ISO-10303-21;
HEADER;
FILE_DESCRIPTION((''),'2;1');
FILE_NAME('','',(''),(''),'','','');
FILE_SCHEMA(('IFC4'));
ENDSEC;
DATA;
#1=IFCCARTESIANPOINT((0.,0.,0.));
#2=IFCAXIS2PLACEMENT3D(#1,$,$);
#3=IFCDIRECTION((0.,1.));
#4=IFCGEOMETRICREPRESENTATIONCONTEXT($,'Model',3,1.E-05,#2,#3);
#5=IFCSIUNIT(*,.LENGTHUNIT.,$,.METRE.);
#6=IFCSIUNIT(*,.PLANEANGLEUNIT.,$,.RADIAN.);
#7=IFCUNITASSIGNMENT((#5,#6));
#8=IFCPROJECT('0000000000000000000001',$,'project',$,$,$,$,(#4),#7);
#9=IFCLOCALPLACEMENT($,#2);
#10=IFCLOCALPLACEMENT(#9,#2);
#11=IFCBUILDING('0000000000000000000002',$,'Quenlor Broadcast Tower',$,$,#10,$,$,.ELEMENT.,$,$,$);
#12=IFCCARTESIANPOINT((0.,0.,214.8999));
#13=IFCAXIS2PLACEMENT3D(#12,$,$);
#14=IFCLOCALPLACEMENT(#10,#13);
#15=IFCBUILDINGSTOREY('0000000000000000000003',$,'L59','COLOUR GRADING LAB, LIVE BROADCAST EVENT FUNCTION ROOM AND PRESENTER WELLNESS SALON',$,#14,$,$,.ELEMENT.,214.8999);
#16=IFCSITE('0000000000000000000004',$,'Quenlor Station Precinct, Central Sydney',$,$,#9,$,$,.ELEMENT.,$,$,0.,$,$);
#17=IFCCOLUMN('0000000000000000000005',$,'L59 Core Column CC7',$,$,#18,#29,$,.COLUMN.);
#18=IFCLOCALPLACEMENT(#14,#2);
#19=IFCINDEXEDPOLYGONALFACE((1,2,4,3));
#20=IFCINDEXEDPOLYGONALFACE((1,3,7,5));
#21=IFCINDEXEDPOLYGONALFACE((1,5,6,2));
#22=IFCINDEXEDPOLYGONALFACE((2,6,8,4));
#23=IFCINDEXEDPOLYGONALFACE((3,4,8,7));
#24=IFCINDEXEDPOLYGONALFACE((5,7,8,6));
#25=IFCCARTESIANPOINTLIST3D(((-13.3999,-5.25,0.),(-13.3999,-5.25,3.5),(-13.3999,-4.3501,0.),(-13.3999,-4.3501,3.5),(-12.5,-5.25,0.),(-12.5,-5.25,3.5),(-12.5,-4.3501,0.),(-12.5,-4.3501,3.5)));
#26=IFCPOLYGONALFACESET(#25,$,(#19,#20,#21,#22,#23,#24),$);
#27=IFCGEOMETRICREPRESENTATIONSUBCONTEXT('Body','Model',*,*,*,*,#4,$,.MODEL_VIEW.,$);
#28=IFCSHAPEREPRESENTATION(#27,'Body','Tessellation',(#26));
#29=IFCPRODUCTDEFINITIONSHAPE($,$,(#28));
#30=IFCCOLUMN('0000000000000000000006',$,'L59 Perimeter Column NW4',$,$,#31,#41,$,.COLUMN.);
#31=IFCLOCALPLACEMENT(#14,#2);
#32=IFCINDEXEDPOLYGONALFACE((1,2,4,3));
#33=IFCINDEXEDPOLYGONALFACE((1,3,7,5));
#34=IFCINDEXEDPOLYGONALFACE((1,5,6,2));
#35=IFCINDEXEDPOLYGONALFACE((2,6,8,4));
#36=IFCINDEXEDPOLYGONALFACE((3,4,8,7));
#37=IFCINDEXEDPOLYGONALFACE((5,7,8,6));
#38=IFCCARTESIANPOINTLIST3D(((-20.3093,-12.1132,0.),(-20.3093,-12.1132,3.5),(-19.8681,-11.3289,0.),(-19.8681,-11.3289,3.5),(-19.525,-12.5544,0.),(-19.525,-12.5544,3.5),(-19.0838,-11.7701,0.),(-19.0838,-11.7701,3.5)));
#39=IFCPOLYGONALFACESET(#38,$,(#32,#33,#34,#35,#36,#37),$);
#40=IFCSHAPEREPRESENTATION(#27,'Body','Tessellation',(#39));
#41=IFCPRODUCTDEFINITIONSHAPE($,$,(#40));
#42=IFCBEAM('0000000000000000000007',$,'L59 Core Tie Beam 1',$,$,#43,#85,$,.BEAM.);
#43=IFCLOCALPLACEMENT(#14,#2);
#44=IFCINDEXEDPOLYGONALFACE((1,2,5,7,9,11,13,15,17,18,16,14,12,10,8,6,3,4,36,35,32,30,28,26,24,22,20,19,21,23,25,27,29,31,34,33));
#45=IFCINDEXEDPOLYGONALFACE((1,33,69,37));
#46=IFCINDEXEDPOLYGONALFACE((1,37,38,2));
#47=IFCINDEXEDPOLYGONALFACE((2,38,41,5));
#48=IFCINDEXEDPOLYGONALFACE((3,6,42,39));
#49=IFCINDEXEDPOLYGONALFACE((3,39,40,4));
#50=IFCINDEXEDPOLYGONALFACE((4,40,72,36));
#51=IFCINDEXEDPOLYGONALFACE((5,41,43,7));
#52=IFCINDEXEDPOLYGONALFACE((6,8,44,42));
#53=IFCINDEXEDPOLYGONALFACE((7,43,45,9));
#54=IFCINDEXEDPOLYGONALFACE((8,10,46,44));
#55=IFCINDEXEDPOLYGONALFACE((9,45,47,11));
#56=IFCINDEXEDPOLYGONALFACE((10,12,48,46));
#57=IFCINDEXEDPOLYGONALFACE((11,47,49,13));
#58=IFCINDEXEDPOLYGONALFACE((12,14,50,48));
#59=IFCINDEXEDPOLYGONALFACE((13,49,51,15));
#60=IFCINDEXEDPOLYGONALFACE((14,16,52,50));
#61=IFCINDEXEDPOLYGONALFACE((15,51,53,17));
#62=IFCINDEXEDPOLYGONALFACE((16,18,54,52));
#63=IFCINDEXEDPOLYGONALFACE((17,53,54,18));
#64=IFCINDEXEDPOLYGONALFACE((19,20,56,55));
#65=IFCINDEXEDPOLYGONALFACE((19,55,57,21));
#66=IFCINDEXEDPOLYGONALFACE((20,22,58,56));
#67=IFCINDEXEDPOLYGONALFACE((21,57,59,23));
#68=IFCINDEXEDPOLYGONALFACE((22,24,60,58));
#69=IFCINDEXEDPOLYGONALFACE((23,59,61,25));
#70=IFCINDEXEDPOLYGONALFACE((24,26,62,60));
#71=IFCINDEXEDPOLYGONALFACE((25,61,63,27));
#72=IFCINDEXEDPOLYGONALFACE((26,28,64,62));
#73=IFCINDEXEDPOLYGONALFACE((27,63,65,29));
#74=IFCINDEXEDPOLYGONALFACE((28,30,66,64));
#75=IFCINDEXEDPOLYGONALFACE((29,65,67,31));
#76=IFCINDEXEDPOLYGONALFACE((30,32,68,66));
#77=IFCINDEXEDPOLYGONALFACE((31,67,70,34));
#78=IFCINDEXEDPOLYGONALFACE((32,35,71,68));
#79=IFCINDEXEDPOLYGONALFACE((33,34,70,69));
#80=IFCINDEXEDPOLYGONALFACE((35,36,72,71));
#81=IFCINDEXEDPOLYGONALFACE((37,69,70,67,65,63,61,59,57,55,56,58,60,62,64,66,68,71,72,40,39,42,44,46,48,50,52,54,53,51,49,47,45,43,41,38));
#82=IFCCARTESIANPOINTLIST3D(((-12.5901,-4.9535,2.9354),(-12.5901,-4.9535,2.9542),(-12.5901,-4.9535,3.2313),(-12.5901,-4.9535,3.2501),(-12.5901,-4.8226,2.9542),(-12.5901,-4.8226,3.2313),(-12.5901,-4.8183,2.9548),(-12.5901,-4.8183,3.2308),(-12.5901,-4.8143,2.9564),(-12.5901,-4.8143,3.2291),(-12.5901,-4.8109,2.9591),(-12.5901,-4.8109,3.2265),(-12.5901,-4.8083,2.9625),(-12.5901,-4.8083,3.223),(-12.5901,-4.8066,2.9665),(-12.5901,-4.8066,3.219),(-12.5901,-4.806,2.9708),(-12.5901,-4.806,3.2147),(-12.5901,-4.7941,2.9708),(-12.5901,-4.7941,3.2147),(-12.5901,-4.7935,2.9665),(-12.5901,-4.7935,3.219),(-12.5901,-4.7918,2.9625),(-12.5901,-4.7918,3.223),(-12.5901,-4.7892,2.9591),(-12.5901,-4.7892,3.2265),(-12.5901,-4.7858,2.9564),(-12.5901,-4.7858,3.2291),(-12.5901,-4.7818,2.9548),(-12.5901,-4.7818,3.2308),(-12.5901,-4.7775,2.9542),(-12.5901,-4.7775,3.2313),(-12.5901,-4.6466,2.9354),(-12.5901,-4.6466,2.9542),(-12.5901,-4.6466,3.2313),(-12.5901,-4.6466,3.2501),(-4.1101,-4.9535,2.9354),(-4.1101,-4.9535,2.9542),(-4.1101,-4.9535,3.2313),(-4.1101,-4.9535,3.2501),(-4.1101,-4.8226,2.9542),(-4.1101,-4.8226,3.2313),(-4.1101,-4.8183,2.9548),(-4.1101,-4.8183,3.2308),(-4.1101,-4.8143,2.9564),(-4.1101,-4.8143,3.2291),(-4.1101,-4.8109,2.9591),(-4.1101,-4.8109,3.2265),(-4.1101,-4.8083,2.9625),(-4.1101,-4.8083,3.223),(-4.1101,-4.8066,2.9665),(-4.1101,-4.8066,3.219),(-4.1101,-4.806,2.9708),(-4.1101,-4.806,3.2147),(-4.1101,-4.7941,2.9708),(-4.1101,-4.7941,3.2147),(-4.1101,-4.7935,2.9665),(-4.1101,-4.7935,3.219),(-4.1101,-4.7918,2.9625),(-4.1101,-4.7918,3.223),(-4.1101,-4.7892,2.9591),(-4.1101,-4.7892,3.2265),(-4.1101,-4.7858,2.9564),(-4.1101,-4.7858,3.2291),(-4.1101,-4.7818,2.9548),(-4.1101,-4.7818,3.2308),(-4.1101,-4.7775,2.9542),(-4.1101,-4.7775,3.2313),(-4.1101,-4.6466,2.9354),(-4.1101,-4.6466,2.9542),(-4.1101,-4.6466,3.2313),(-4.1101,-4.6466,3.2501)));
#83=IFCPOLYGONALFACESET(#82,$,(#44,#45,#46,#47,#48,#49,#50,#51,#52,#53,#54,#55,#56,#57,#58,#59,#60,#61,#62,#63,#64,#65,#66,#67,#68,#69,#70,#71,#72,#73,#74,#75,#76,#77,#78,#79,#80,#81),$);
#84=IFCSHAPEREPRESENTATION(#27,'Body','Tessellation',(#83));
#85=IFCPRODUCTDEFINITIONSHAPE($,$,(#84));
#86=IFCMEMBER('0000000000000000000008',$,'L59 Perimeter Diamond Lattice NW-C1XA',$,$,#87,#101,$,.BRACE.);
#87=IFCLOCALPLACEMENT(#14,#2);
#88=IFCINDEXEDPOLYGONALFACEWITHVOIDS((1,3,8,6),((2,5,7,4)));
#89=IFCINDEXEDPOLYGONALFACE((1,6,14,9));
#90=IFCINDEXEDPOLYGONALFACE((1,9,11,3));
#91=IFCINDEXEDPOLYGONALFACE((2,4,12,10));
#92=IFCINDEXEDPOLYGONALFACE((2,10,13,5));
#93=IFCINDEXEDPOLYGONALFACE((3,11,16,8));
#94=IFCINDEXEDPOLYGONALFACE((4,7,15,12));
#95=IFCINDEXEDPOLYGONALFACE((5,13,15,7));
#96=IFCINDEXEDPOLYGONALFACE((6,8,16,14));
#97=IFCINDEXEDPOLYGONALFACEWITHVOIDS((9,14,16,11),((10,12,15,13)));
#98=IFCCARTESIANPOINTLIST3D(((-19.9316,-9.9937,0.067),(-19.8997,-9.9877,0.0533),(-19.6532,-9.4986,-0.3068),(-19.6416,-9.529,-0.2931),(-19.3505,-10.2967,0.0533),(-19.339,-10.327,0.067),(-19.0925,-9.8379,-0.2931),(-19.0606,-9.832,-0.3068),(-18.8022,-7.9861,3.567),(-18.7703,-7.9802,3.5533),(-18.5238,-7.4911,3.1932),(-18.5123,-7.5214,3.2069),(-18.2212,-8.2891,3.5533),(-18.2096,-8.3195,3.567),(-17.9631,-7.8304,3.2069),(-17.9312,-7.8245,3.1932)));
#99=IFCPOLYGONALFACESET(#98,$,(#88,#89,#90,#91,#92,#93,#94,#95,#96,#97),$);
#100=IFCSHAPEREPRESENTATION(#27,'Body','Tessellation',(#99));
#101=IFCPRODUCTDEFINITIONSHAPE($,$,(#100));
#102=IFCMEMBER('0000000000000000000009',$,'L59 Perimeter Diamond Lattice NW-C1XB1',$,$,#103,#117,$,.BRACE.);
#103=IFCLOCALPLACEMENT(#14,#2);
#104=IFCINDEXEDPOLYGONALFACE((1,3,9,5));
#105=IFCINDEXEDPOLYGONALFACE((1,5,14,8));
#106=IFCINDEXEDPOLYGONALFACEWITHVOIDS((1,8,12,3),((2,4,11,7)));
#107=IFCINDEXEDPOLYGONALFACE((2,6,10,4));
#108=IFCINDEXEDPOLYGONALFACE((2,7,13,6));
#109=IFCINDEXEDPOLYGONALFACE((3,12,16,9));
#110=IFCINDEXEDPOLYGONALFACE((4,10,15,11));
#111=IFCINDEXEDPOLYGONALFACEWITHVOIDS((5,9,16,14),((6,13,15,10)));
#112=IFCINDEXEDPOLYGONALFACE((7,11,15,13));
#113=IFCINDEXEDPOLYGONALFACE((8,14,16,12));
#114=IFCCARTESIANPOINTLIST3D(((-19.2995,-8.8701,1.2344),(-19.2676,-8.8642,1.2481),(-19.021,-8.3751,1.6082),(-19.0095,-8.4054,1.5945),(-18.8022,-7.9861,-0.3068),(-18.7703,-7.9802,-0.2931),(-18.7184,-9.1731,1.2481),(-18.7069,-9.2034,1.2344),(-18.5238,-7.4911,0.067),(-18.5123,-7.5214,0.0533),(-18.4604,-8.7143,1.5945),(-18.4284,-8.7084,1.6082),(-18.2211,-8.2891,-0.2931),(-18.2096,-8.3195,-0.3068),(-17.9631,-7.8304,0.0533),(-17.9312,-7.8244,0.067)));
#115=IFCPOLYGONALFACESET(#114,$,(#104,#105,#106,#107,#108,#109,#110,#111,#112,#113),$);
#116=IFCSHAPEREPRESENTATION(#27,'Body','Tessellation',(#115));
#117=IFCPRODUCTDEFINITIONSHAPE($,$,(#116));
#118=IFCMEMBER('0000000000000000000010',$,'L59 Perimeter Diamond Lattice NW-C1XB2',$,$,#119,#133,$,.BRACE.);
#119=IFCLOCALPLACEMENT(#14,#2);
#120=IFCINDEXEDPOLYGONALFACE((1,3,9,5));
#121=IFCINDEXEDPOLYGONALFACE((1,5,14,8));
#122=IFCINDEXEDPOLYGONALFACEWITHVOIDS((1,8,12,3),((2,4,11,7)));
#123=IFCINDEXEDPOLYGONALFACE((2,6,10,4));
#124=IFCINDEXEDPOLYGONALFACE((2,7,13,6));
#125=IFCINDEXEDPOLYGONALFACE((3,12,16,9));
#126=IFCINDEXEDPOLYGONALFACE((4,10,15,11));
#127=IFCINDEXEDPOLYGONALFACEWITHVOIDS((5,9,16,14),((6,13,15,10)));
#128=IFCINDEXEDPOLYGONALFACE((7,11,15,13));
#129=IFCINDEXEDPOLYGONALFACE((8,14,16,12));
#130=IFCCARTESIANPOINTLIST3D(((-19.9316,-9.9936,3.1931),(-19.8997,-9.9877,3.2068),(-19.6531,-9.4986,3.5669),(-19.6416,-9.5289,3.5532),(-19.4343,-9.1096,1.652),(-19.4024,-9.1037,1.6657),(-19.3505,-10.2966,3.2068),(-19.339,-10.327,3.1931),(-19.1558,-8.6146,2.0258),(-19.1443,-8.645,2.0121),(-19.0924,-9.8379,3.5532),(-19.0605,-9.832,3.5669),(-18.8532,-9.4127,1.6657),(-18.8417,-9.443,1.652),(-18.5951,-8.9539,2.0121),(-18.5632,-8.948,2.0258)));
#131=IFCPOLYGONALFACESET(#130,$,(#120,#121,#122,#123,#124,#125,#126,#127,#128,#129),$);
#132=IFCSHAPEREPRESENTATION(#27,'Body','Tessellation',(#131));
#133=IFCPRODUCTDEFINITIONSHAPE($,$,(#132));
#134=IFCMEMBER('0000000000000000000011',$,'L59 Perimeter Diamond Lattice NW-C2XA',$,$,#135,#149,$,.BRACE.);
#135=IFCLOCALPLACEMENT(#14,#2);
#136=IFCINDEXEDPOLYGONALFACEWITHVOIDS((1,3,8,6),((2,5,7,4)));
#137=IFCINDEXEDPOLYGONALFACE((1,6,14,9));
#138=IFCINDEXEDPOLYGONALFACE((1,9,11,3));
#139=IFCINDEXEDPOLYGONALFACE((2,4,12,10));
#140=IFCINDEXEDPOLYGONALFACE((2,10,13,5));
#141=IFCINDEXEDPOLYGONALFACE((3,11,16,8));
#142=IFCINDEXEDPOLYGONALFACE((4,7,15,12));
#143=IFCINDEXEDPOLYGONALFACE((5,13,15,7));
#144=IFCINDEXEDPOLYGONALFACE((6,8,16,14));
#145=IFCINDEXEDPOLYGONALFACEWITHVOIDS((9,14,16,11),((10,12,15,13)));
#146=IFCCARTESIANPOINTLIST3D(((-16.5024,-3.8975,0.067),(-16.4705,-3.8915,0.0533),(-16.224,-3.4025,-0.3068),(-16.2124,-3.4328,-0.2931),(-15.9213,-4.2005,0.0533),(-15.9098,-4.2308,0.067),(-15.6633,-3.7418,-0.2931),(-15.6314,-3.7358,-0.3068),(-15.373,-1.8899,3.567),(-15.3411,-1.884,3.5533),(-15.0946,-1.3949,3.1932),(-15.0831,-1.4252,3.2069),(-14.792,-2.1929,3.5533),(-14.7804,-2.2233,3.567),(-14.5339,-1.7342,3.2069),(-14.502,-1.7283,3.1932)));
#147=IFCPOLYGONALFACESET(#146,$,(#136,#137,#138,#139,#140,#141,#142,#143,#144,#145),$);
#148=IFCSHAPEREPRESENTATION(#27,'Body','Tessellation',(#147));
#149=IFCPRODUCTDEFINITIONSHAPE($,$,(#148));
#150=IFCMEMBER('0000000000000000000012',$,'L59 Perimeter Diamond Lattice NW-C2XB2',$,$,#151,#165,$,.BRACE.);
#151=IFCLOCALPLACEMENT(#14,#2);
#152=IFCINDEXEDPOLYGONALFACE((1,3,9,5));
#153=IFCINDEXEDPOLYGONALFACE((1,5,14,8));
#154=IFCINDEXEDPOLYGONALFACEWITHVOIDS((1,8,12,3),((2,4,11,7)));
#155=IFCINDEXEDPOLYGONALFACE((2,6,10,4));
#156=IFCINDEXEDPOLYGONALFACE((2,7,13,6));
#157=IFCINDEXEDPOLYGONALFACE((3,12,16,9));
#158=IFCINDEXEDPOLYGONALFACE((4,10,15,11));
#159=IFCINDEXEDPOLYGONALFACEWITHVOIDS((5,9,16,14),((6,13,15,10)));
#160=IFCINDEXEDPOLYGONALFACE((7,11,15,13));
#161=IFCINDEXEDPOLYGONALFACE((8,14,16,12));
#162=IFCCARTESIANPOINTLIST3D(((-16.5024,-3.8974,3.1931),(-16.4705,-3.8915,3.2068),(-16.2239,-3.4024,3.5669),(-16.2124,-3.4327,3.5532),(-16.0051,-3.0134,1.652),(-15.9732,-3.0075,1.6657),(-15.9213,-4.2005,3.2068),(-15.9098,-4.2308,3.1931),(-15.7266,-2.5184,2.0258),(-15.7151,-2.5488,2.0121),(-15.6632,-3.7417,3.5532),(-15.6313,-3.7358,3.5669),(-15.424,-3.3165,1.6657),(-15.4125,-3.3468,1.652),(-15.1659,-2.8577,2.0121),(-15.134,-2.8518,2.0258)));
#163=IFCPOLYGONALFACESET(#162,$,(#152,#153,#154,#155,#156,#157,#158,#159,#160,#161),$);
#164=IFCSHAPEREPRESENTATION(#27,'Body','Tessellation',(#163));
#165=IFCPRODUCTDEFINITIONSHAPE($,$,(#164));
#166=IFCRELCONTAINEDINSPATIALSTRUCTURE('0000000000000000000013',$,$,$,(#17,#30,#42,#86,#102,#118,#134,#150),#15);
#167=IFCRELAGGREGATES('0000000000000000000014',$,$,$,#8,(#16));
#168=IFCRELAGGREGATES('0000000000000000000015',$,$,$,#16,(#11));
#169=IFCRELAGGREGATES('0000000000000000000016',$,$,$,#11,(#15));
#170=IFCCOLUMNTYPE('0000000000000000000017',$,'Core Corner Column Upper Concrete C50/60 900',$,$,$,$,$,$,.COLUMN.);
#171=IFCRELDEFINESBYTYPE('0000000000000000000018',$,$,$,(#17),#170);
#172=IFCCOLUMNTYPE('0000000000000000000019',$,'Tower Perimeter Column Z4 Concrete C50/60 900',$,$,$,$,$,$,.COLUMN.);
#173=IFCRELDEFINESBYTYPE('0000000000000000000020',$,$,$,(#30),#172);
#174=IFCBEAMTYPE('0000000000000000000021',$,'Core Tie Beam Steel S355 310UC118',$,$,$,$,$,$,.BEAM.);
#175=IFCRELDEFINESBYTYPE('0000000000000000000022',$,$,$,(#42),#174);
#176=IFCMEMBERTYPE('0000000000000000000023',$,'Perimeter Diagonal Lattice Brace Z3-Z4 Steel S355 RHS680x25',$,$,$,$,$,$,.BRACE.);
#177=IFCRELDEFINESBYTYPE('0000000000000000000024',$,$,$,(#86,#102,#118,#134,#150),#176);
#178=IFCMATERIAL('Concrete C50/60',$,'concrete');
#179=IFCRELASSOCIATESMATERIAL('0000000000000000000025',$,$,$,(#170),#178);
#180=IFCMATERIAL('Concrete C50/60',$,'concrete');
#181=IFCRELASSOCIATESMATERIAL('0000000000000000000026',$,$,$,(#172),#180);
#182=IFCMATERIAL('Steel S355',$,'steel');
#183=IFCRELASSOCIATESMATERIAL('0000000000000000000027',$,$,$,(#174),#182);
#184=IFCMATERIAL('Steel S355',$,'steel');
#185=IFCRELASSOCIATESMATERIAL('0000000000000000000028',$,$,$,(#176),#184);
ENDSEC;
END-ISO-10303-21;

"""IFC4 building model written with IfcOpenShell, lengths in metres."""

from ifc_helpers import new_model, si_unit, direction, frame, origin, origin_2d, place, context, subcontext, project, spatial, rectangle, hollow_rectangle, i_section, extrude, material, material_profile, profile_set, type_object, element, save


model = new_model("IFC4")

# Units and contexts
model_context = context("Model", 3, precision=1e-05, world=origin(), true_north=direction((0.0, 1.0)))
body_context = subcontext(model_context, "Body", "Model", "MODEL_VIEW")
ifc_project = project(units=[si_unit("LENGTHUNIT", "METRE"), si_unit("PLANEANGLEUNIT", "RADIAN")], contexts=[model_context])

# Site, building, storey
site_placement = place(None, origin())
site = spatial("IfcSite", under=ifc_project, at=site_placement, Name="Quenlor Station Precinct, Central Sydney", CompositionType="ELEMENT", RefElevation=0.0)
building_placement = place(site_placement, origin())
building = spatial("IfcBuilding", under=site, at=building_placement, Name="Quenlor Broadcast Tower", CompositionType="ELEMENT")
storey_placement = place(building_placement, frame((0.0, 0.0, 214.8999)))
storey = spatial("IfcBuildingStorey", under=building, at=storey_placement, Name="L59", Description="COLOUR GRADING LAB, LIVE BROADCAST EVENT FUNCTION ROOM AND PRESENTER WELLNESS SALON", CompositionType="ELEMENT", Elevation=214.8999)

# Columns
ifc_material_1 = material(Name="Concrete C50/60", Category="concrete")
ifc_material_profile_1 = material_profile(ifc_material_1, rectangle(XDim=0.8999, YDim=0.8999, at=origin_2d()))
ifc_profile_set_1 = profile_set([ifc_material_profile_1], Name="Concrete C50/60 RC900x900")
column_type_1 = type_object("IfcColumnType", Name="Core Corner Column Upper Concrete C50/60 900", PredefinedType="COLUMN", material=ifc_profile_set_1)
column_1_placement = place(storey_placement, frame((-12.95, -4.8, 0.0), z_axis=(0.0, 0.0, 1.0), x_axis=(1.0, 0.0, 0.0)))
element("IfcColumn", 1, at=column_1_placement, inside=storey, type_object=column_type_1, Name="L59 Core Column CC7", PredefinedType="COLUMN", context=body_context, shape_type="SweptSolid", body=[
    extrude(rectangle(XDim=0.8999, YDim=0.8999, at=origin_2d()), origin(), (0.0, 0.0, 1.0), 3.5),
])
ifc_material_2 = material(Name="Concrete C50/60", Category="concrete")
ifc_material_profile_2 = material_profile(ifc_material_2, rectangle(XDim=0.8999, YDim=0.8999, at=origin_2d()))
ifc_profile_set_2 = profile_set([ifc_material_profile_2], Name="Concrete C50/60 RC900x900")
column_type_2 = type_object("IfcColumnType", Name="Tower Perimeter Column Z4 Concrete C50/60 900", PredefinedType="COLUMN", material=ifc_profile_set_2)
column_2_placement = place(storey_placement, frame((-19.6965, -11.9417, 0.0), z_axis=(0.0, 0.0, 1.0), x_axis=(-0.871575, 0.490262, 0.0)))
element("IfcColumn", 2, at=column_2_placement, inside=storey, type_object=column_type_2, Name="L59 Perimeter Column NW4", PredefinedType="COLUMN", context=body_context, shape_type="SweptSolid", body=[
    extrude(rectangle(XDim=0.8999, YDim=0.8999, at=origin_2d()), origin(), (0.0, 0.0, 1.0), 3.5),
])

# Beam
ifc_material_3 = material(Name="Steel S355", Category="steel")
ifc_material_profile_3 = material_profile(ifc_material_3, i_section(OverallWidth=0.3069, OverallDepth=0.3147, WebThickness=0.012, FlangeThickness=0.0188, FilletRadius=0.0166, at=origin_2d()))
ifc_profile_set_3 = profile_set([ifc_material_profile_3], Name="Steel S355 310UC118")
beam_type_1 = type_object("IfcBeamType", Name="Core Tie Beam Steel S355 310UC118", PredefinedType="BEAM", material=ifc_profile_set_3)
beam_1_placement = place(storey_placement, frame((-12.5901, -4.8, 3.0928), z_axis=(1.0, 0.0, 0.0), x_axis=(0.0, 1.0, 0.0)))
element("IfcBeam", 3, at=beam_1_placement, inside=storey, type_object=beam_type_1, Name="L59 Core Tie Beam 1", PredefinedType="BEAM", context=body_context, shape_type="SweptSolid", body=[
    extrude(i_section(OverallWidth=0.3069, OverallDepth=0.3147, WebThickness=0.012, FlangeThickness=0.0188, FilletRadius=0.0166, at=origin_2d()), origin(), (0.0, 0.0, 1.0), 8.48),
])

# Members
ifc_material_4 = material(Name="Steel S355", Category="steel")
ifc_material_profile_4 = material_profile(ifc_material_4, hollow_rectangle(XDim=0.6799, YDim=0.6799, WallThickness=0.0249, at=origin_2d()))
ifc_profile_set_4 = profile_set([ifc_material_profile_4], Name="Steel S355 RHS680x680x25")
member_type = type_object("IfcMemberType", Name="Perimeter Diagonal Lattice Brace Z3-Z4 Steel S355 RHS680x25", PredefinedType="BRACE", material=ifc_profile_set_4)
member_1_placement = place(storey_placement, frame((-19.4961, -9.9128, -0.1199), z_axis=(0.269547, 0.479136, 0.835328), x_axis=(-0.87155, 0.490307, 0.0)))
element("IfcMember", 4, at=member_1_placement, inside=storey, type_object=member_type, Name="L59 Perimeter Diamond Lattice NW-C1XA", PredefinedType="BRACE", context=body_context, shape_type="SweptSolid", body=[
    extrude(hollow_rectangle(XDim=0.6799, YDim=0.6799, WallThickness=0.0249, at=origin_2d()), origin(), (0.0, 0.0, 1.0), 4.1899),
])
for number, where, z_axis, x_axis, name in (
    (5, (-18.3667, -7.9053, -0.1199), (-0.269536, -0.47913, 0.835335), (0.871556, -0.490296, 0.0), "L59 Perimeter Diamond Lattice NW-C1XB1"),
    (6, (-18.9988, -9.0288, 1.8389), (-0.269536, -0.47913, 0.835335), (0.871556, -0.490296, 0.0), "L59 Perimeter Diamond Lattice NW-C1XB2"),
):
    element("IfcMember", number, at=place(storey_placement, frame(where, z_axis=z_axis, x_axis=x_axis)), inside=storey, type_object=member_type, Name=name, PredefinedType="BRACE", context=body_context, shape_type="SweptSolid", body=[
        extrude(hollow_rectangle(XDim=0.6799, YDim=0.6799, WallThickness=0.0249, at=origin_2d()), origin(), (0.0, 0.0, 1.0), 1.845),
    ])
member_2_placement = place(storey_placement, frame((-16.0669, -3.8167, -0.1199), z_axis=(0.269547, 0.479136, 0.835328), x_axis=(-0.87155, 0.490307, 0.0)))
element("IfcMember", 7, at=member_2_placement, inside=storey, type_object=member_type, Name="L59 Perimeter Diamond Lattice NW-C2XA", PredefinedType="BRACE", context=body_context, shape_type="SweptSolid", body=[
    extrude(hollow_rectangle(XDim=0.6799, YDim=0.6799, WallThickness=0.0249, at=origin_2d()), origin(), (0.0, 0.0, 1.0), 4.1899),
])
member_3_placement = place(storey_placement, frame((-15.5696, -2.9326, 1.8389), z_axis=(-0.269536, -0.47913, 0.835335), x_axis=(0.871556, -0.490296, 0.0)))
element("IfcMember", 8, at=member_3_placement, inside=storey, type_object=member_type, Name="L59 Perimeter Diamond Lattice NW-C2XB2", PredefinedType="BRACE", context=body_context, shape_type="SweptSolid", body=[
    extrude(hollow_rectangle(XDim=0.6799, YDim=0.6799, WallThickness=0.0249, at=origin_2d()), origin(), (0.0, 0.0, 1.0), 1.845),
])

save(model, "model.ifc")
